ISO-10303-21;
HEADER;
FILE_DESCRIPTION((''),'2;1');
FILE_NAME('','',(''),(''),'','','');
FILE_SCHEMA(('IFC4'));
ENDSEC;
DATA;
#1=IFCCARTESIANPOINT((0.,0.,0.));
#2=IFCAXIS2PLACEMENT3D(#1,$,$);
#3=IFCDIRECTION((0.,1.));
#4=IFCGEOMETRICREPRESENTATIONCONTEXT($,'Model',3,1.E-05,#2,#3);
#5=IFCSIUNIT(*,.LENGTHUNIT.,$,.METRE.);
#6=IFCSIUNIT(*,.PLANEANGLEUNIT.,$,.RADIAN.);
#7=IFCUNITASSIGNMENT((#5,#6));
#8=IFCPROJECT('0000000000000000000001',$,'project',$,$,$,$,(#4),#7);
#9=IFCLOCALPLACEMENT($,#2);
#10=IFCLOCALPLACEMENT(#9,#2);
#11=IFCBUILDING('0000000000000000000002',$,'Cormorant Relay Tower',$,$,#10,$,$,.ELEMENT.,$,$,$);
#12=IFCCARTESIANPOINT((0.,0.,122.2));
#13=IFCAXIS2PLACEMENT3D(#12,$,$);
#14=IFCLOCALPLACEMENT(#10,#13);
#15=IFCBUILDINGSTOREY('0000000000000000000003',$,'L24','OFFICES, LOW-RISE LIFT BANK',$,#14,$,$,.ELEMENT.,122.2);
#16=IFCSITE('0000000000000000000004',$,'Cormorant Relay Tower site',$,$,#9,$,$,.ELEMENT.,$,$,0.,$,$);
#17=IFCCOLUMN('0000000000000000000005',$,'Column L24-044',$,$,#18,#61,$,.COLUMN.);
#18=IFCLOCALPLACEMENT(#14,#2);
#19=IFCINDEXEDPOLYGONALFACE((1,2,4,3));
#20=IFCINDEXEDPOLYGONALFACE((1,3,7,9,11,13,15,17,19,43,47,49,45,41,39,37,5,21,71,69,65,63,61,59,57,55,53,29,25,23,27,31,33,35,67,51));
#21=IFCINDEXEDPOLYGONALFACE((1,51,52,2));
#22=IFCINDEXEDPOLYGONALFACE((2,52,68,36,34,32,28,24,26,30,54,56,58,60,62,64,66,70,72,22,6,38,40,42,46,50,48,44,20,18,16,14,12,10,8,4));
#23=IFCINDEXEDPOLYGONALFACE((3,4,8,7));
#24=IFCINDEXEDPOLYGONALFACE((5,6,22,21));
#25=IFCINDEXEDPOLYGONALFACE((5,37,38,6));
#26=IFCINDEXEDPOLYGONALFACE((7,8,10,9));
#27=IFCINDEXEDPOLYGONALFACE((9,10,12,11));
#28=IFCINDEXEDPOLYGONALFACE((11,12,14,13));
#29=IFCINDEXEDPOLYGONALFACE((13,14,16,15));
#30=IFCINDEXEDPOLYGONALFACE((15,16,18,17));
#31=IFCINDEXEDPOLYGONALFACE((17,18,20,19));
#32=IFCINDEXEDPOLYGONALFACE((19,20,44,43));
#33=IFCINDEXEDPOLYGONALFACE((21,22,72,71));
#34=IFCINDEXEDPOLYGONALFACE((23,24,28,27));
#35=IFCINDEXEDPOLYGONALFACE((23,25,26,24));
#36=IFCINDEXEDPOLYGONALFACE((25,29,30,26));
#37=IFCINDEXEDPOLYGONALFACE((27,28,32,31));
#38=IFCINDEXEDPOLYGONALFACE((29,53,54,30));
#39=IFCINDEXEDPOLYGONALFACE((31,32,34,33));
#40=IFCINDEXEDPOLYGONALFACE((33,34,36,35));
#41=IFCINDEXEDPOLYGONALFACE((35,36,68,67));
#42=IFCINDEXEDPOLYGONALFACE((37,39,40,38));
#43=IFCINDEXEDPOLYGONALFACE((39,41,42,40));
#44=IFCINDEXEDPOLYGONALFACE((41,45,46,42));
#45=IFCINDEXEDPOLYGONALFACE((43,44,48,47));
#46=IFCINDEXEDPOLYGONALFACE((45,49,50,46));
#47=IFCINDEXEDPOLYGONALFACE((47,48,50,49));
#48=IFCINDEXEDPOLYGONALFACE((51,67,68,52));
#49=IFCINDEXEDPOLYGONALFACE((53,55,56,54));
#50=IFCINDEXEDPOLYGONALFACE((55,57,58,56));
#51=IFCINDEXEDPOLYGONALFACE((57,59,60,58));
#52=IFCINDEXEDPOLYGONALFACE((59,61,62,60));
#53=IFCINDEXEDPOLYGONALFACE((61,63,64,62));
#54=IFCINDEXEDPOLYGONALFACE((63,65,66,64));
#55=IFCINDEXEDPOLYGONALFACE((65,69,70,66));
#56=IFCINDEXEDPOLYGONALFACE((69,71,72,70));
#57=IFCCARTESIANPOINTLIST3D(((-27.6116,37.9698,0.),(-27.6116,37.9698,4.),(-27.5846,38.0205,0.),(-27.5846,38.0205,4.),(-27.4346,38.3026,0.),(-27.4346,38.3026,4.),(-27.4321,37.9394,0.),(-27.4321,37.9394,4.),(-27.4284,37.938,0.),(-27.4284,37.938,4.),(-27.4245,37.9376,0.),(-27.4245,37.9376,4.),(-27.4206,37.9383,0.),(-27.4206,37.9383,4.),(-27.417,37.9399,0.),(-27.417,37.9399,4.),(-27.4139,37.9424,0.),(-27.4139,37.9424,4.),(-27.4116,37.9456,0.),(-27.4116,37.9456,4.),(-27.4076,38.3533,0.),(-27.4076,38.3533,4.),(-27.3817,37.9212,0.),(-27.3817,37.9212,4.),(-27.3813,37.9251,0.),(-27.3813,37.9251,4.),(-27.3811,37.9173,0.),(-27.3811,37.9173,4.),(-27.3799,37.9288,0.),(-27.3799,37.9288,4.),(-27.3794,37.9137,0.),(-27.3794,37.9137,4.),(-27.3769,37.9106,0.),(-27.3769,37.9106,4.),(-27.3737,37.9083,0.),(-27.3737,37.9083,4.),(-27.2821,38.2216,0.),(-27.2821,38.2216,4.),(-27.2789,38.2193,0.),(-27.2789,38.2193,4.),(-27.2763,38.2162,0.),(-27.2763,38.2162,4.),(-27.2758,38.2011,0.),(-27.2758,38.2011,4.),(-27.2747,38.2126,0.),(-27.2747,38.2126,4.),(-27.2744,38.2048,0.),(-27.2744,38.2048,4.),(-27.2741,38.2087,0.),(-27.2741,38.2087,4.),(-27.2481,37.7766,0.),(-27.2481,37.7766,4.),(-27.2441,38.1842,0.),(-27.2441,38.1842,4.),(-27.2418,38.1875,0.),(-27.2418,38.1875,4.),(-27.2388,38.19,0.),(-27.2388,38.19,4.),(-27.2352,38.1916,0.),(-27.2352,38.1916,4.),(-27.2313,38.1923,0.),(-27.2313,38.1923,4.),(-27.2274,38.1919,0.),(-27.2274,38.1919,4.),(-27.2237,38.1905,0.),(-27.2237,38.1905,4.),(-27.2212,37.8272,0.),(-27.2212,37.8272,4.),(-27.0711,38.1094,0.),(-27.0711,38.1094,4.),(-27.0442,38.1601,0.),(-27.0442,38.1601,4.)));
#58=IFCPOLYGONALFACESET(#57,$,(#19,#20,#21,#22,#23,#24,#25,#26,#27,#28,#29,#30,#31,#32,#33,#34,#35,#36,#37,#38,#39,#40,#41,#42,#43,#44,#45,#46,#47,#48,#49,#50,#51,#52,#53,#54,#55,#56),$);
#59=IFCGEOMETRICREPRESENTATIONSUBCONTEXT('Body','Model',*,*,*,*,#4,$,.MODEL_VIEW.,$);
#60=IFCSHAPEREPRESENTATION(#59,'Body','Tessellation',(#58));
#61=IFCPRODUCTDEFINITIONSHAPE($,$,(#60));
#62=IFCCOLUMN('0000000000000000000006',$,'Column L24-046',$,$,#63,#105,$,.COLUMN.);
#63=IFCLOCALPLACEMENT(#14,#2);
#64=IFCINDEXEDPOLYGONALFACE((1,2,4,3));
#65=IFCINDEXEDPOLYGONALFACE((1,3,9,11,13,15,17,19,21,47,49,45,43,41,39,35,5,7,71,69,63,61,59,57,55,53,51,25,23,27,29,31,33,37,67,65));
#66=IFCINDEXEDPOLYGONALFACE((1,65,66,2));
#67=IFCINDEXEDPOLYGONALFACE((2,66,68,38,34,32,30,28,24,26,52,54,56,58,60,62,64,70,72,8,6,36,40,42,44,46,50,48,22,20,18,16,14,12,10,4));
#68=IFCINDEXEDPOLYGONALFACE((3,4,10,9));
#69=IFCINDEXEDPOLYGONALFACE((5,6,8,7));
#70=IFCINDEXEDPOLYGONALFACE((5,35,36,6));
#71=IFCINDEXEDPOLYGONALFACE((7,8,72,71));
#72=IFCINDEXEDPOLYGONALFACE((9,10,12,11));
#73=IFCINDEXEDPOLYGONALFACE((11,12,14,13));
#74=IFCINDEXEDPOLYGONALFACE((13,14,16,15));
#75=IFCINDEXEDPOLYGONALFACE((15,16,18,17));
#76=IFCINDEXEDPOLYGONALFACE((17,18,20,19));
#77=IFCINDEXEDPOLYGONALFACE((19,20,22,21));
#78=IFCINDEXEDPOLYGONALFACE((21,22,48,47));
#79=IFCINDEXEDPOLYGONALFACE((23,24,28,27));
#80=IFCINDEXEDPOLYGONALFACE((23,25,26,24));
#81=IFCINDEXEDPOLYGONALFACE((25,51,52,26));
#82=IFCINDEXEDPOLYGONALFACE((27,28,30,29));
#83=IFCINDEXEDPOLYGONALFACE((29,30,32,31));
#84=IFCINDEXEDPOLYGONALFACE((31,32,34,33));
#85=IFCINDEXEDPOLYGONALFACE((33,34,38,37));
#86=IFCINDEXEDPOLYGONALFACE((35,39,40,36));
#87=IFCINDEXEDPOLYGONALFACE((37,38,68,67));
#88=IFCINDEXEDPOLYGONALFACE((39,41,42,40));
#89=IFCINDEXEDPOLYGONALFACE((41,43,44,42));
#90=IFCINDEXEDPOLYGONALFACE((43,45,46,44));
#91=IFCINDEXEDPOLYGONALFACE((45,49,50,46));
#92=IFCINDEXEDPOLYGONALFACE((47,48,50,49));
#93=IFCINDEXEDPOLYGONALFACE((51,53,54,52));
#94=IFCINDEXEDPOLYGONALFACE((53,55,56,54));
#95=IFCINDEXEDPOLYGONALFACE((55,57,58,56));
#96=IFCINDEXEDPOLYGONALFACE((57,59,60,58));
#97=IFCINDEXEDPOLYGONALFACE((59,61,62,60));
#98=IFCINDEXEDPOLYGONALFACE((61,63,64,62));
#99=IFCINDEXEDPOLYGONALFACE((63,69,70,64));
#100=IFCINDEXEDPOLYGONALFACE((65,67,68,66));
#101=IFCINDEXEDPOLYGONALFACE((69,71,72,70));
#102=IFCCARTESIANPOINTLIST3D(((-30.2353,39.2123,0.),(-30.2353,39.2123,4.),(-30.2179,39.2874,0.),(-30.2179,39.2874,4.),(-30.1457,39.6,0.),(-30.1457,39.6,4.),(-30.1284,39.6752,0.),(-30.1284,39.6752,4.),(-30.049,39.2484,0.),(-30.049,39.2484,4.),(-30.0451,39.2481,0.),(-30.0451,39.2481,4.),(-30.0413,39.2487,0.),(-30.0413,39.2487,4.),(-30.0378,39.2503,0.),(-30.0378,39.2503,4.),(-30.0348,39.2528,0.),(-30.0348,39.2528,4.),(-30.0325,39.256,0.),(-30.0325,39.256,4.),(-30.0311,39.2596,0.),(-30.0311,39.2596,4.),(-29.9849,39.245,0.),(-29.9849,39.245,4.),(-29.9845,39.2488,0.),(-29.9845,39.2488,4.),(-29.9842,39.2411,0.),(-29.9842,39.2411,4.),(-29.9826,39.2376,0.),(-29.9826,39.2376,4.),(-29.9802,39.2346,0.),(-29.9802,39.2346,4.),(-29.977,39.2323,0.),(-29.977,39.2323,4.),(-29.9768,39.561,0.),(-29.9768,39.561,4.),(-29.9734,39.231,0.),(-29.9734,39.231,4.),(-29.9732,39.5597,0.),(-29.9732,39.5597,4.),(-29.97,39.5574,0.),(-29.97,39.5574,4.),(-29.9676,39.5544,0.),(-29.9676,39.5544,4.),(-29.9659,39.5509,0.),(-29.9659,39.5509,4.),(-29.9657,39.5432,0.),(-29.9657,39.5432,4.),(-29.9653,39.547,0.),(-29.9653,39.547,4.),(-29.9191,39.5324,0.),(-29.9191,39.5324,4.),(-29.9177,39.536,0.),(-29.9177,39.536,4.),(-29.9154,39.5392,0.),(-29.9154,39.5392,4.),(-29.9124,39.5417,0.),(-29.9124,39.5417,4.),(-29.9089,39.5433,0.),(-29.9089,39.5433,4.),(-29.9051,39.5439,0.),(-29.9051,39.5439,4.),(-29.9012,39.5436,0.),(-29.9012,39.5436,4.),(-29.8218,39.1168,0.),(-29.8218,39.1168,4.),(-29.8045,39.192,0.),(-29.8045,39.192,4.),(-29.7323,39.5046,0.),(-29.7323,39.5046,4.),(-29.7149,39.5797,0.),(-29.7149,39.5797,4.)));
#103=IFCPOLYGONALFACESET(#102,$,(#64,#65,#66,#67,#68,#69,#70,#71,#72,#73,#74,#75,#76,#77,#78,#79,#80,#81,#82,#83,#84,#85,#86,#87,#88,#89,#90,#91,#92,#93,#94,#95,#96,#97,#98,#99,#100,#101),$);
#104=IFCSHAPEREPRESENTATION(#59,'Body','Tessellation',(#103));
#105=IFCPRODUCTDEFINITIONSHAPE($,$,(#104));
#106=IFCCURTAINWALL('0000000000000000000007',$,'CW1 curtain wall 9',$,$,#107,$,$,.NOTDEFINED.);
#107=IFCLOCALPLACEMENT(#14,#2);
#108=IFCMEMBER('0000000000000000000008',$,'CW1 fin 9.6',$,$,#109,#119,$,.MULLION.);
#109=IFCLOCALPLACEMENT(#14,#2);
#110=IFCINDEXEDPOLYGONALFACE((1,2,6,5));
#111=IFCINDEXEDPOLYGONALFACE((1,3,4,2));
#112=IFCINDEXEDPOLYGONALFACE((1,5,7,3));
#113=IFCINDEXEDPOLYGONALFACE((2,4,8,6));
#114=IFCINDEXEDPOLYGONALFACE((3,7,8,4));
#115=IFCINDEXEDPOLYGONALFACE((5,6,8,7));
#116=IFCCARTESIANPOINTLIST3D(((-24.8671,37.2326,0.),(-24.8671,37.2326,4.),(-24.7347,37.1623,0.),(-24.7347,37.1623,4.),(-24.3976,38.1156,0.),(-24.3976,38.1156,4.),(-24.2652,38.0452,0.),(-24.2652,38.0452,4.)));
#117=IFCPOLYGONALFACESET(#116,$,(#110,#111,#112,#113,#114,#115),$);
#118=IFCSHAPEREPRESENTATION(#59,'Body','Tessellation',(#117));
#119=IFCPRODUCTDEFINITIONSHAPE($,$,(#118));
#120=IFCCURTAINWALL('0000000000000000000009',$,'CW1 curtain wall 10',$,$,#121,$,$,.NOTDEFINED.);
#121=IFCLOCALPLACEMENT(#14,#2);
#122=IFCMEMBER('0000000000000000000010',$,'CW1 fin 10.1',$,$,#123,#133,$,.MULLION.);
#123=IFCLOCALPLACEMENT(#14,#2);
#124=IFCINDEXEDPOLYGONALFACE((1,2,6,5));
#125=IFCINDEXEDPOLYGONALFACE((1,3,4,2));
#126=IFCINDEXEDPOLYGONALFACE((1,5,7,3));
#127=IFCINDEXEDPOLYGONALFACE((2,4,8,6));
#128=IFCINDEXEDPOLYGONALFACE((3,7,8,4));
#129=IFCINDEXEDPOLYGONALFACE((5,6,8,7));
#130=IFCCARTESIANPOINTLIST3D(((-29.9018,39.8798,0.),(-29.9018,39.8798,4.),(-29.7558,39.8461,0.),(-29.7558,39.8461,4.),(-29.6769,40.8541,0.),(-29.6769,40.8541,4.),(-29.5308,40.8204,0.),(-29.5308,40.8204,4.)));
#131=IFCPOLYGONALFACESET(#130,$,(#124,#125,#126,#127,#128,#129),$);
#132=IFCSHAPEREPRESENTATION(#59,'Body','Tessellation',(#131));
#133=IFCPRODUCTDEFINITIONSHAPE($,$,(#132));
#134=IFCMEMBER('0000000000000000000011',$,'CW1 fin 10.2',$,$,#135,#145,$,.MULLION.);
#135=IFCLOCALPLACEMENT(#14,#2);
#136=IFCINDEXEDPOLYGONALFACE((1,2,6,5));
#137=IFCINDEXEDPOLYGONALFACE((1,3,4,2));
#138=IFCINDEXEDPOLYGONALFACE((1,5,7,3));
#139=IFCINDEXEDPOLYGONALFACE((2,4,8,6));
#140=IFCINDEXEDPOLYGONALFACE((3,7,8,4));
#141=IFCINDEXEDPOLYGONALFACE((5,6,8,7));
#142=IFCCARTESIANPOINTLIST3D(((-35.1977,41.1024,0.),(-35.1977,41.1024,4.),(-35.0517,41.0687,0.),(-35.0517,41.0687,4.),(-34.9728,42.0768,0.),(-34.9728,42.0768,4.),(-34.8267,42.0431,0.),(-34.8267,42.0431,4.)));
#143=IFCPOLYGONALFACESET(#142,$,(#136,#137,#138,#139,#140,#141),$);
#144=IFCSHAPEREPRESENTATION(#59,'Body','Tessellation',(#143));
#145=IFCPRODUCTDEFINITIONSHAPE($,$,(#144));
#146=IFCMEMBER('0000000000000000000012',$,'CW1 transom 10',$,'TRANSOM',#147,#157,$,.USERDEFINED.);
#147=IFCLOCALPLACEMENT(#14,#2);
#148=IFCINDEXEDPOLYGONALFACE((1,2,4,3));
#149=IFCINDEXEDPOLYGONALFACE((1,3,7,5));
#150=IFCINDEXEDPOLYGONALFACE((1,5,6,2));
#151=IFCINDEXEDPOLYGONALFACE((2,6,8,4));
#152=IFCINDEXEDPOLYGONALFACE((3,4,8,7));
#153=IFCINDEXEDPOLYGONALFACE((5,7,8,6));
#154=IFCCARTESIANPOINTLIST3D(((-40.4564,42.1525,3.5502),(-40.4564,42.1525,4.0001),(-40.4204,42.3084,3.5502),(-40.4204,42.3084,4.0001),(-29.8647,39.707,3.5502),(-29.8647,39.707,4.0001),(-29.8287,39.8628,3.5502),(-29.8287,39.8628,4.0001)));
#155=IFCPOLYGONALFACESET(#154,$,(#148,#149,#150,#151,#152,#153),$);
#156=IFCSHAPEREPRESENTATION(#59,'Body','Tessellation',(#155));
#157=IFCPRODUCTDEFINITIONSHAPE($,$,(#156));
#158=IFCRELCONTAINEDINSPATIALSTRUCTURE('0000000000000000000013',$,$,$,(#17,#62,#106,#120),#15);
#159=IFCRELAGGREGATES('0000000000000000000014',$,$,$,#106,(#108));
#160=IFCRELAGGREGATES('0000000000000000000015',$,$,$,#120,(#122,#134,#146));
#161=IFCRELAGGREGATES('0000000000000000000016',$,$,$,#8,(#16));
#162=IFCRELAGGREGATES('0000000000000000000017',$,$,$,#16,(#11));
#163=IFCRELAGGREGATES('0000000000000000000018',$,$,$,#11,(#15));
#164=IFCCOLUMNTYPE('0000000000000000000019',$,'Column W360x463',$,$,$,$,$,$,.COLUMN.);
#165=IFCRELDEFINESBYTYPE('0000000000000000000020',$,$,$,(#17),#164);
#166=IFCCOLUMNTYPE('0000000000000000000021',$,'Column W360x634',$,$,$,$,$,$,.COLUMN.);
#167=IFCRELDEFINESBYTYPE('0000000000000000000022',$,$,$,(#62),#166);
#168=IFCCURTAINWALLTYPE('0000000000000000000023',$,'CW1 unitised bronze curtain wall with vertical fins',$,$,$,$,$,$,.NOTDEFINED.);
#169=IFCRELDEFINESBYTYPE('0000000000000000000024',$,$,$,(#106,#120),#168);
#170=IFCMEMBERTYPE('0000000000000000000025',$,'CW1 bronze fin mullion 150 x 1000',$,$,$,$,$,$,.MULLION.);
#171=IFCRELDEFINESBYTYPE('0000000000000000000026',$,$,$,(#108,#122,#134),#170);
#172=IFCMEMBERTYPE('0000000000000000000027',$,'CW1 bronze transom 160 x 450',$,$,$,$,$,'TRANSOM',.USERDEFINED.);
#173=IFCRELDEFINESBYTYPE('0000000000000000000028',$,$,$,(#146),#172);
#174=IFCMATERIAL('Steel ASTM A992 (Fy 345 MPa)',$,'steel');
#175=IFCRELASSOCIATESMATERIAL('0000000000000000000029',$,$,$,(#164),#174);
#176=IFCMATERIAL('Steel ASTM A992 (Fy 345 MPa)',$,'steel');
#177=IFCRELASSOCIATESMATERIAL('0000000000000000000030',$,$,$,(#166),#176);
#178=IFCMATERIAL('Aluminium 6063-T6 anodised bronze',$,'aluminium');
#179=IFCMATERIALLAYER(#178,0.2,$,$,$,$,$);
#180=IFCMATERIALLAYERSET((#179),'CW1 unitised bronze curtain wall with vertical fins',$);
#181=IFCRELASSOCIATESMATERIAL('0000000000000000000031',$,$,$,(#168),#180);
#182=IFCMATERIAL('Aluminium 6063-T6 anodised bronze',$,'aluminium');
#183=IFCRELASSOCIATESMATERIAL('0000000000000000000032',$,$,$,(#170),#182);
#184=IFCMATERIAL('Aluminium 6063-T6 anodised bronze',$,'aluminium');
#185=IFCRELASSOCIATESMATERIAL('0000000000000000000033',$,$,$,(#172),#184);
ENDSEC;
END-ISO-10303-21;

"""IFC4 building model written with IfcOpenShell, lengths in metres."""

from ifc_helpers import new_model, si_unit, direction, frame, origin, origin_2d, place, context, subcontext, project, spatial, rectangle, i_section, extrude, material, layer, layer_set, material_profile, profile_set, type_object, element, aggregate, save


model = new_model("IFC4")

# Units and contexts
model_context = context("Model", 3, precision=1e-05, world=origin(), true_north=direction((0.0, 1.0)))
body_context = subcontext(model_context, "Body", "Model", "MODEL_VIEW")
ifc_project = project(units=[si_unit("LENGTHUNIT", "METRE"), si_unit("PLANEANGLEUNIT", "RADIAN")], contexts=[model_context])

# Site, building, storey
site_placement = place(None, origin())
site = spatial("IfcSite", under=ifc_project, at=site_placement, Name="Cormorant Relay Tower site", CompositionType="ELEMENT", RefElevation=0.0)
building_placement = place(site_placement, origin())
building = spatial("IfcBuilding", under=site, at=building_placement, Name="Cormorant Relay Tower", CompositionType="ELEMENT")
storey_placement = place(building_placement, frame((0.0, 0.0, 122.2)))
storey = spatial("IfcBuildingStorey", under=building, at=storey_placement, Name="L24", Description="OFFICES, LOW-RISE LIFT BANK", CompositionType="ELEMENT", Elevation=122.2)

# Columns
ifc_material_1 = material(Name="Steel ASTM A992 (Fy 345 MPa)", Category="steel")
ifc_material_profile_1 = material_profile(ifc_material_1, i_section(OverallWidth=0.4116, OverallDepth=0.4343, WebThickness=0.0359, FlangeThickness=0.0574, FilletRadius=0.0151, at=origin_2d()), Name="W360x463")
ifc_profile_set_1 = profile_set([ifc_material_profile_1], Name="Steel ASTM A992 (Fy 345 MPa)")
column_type_1 = type_object("IfcColumnType", Name="Column W360x463", PredefinedType="COLUMN", material=ifc_profile_set_1)
column_1_placement = place(storey_placement, frame((-27.3279, 38.0649, 0.0), z_axis=(0.0, 0.0, 1.0), x_axis=(-0.882948, 0.469472, 0.0)))
element("IfcColumn", 1, at=column_1_placement, inside=storey, type_object=column_type_1, Name="Column L24-044", PredefinedType="COLUMN", context=body_context, shape_type="SweptSolid", body=[
    extrude(i_section(OverallWidth=0.4116, OverallDepth=0.4343, WebThickness=0.0359, FlangeThickness=0.0574, FilletRadius=0.0151, at=origin_2d()), origin(), (0.0, 0.0, 1.0), 4.0),
])
ifc_material_2 = material(Name="Steel ASTM A992 (Fy 345 MPa)", Category="steel")
ifc_material_profile_2 = material_profile(ifc_material_2, i_section(OverallWidth=0.4243, OverallDepth=0.4751, WebThickness=0.0479, FlangeThickness=0.0771, FilletRadius=0.0149, at=origin_2d()), Name="W360x634")
ifc_profile_set_2 = profile_set([ifc_material_profile_2], Name="Steel ASTM A992 (Fy 345 MPa)")
column_type_2 = type_object("IfcColumnType", Name="Column W360x634", PredefinedType="COLUMN", material=ifc_profile_set_2)
column_2_placement = place(storey_placement, frame((-29.9751, 39.396, 0.0), z_axis=(0.0, 0.0, 1.0), x_axis=(-0.97437, 0.224951, 0.0)))
element("IfcColumn", 2, at=column_2_placement, inside=storey, type_object=column_type_2, Name="Column L24-046", PredefinedType="COLUMN", context=body_context, shape_type="SweptSolid", body=[
    extrude(i_section(OverallWidth=0.4243, OverallDepth=0.4751, WebThickness=0.0479, FlangeThickness=0.0771, FilletRadius=0.0149, at=origin_2d()), origin(), (0.0, 0.0, 1.0), 4.0),
])

# Curtain wall, member
ifc_material_3 = material(Name="Aluminium 6063-T6 anodised bronze", Category="aluminium")
ifc_layer_1 = layer(ifc_material_3, 0.2)
ifc_layer_set_1 = layer_set([ifc_layer_1], Name="CW1 unitised bronze curtain wall with vertical fins")
curtain_wall_type = type_object("IfcCurtainWallType", Name="CW1 unitised bronze curtain wall with vertical fins", PredefinedType="NOTDEFINED", material=ifc_layer_set_1)
curtain_wall_1_placement = place(storey_placement, origin())
curtain_wall_1 = element("IfcCurtainWall", 3, at=curtain_wall_1_placement, inside=storey, type_object=curtain_wall_type, Name="CW1 curtain wall 9", PredefinedType="NOTDEFINED")
ifc_material_4 = material(Name="Aluminium 6063-T6 anodised bronze", Category="aluminium")
ifc_material_profile_3 = material_profile(ifc_material_4, rectangle(XDim=0.1499, YDim=1.0, at=origin_2d()), Name="AL 150x1000")
ifc_profile_set_3 = profile_set([ifc_material_profile_3], Name="Aluminium 6063-T6 anodised bronze")
member_type_1 = type_object("IfcMemberType", Name="CW1 bronze fin mullion 150 x 1000", PredefinedType="MULLION", material=ifc_profile_set_3)
member_1_placement = place(storey_placement, frame((-24.5662, 37.6389, 0.0), z_axis=(0.0, 0.0, 1.0), x_axis=(-0.882948, 0.469472, 0.0)))
member_1 = element("IfcMember", 4, at=member_1_placement, type_object=member_type_1, Name="CW1 fin 9.6", PredefinedType="MULLION", context=body_context, shape_type="SweptSolid", body=[
    extrude(rectangle(XDim=0.1499, YDim=1.0, at=origin_2d()), origin(), (0.0, 0.0, 1.0), 4.0),
])

# Curtain wall, members
curtain_wall_2_placement = place(storey_placement, origin())
curtain_wall_2 = element("IfcCurtainWall", 5, at=curtain_wall_2_placement, inside=storey, type_object=curtain_wall_type, Name="CW1 curtain wall 10", PredefinedType="NOTDEFINED")
member_2_placement = place(storey_placement, frame((-29.7163, 40.3501, 0.0), z_axis=(0.0, 0.0, 1.0), x_axis=(-0.97437, 0.224951, 0.0)))
member_2 = element("IfcMember", 6, at=member_2_placement, type_object=member_type_1, Name="CW1 fin 10.1", PredefinedType="MULLION", context=body_context, shape_type="SweptSolid", body=[
    extrude(rectangle(XDim=0.1499, YDim=1.0, at=origin_2d()), origin(), (0.0, 0.0, 1.0), 4.0),
])
member_3_placement = place(storey_placement, frame((-35.0122, 41.5728, 0.0), z_axis=(0.0, 0.0, 1.0), x_axis=(-0.97437, 0.224951, 0.0)))
member_3 = element("IfcMember", 7, at=member_3_placement, type_object=member_type_1, Name="CW1 fin 10.2", PredefinedType="MULLION", context=body_context, shape_type="SweptSolid", body=[
    extrude(rectangle(XDim=0.1499, YDim=1.0, at=origin_2d()), origin(), (0.0, 0.0, 1.0), 4.0),
])
ifc_material_5 = material(Name="Aluminium 6063-T6 anodised bronze", Category="aluminium")
ifc_material_profile_4 = material_profile(ifc_material_5, rectangle(XDim=0.1599, YDim=0.45, at=origin_2d()), Name="AL 160x450")
ifc_profile_set_4 = profile_set([ifc_material_profile_4], Name="Aluminium 6063-T6 anodised bronze")
member_type_2 = type_object("IfcMemberType", Name="CW1 bronze transom 160 x 450", ElementType="TRANSOM", PredefinedType="USERDEFINED", material=ifc_profile_set_4)
member_4_placement = place(storey_placement, frame((-29.8467, 39.7849, 3.7751), z_axis=(-0.974365, 0.224973, 0.0), x_axis=(-0.224973, -0.974365, 0.0)))
member_4 = element("IfcMember", 8, at=member_4_placement, type_object=member_type_2, Name="CW1 transom 10", ObjectType="TRANSOM", PredefinedType="USERDEFINED", context=body_context, shape_type="SweptSolid", body=[
    extrude(rectangle(XDim=0.1599, YDim=0.45, at=origin_2d()), origin(), (0.0, 0.0, 1.0), 10.8704),
])

aggregate(curtain_wall_1, [member_1])
aggregate(curtain_wall_2, [member_2, member_3, member_4])

save(model, "model.ifc")
